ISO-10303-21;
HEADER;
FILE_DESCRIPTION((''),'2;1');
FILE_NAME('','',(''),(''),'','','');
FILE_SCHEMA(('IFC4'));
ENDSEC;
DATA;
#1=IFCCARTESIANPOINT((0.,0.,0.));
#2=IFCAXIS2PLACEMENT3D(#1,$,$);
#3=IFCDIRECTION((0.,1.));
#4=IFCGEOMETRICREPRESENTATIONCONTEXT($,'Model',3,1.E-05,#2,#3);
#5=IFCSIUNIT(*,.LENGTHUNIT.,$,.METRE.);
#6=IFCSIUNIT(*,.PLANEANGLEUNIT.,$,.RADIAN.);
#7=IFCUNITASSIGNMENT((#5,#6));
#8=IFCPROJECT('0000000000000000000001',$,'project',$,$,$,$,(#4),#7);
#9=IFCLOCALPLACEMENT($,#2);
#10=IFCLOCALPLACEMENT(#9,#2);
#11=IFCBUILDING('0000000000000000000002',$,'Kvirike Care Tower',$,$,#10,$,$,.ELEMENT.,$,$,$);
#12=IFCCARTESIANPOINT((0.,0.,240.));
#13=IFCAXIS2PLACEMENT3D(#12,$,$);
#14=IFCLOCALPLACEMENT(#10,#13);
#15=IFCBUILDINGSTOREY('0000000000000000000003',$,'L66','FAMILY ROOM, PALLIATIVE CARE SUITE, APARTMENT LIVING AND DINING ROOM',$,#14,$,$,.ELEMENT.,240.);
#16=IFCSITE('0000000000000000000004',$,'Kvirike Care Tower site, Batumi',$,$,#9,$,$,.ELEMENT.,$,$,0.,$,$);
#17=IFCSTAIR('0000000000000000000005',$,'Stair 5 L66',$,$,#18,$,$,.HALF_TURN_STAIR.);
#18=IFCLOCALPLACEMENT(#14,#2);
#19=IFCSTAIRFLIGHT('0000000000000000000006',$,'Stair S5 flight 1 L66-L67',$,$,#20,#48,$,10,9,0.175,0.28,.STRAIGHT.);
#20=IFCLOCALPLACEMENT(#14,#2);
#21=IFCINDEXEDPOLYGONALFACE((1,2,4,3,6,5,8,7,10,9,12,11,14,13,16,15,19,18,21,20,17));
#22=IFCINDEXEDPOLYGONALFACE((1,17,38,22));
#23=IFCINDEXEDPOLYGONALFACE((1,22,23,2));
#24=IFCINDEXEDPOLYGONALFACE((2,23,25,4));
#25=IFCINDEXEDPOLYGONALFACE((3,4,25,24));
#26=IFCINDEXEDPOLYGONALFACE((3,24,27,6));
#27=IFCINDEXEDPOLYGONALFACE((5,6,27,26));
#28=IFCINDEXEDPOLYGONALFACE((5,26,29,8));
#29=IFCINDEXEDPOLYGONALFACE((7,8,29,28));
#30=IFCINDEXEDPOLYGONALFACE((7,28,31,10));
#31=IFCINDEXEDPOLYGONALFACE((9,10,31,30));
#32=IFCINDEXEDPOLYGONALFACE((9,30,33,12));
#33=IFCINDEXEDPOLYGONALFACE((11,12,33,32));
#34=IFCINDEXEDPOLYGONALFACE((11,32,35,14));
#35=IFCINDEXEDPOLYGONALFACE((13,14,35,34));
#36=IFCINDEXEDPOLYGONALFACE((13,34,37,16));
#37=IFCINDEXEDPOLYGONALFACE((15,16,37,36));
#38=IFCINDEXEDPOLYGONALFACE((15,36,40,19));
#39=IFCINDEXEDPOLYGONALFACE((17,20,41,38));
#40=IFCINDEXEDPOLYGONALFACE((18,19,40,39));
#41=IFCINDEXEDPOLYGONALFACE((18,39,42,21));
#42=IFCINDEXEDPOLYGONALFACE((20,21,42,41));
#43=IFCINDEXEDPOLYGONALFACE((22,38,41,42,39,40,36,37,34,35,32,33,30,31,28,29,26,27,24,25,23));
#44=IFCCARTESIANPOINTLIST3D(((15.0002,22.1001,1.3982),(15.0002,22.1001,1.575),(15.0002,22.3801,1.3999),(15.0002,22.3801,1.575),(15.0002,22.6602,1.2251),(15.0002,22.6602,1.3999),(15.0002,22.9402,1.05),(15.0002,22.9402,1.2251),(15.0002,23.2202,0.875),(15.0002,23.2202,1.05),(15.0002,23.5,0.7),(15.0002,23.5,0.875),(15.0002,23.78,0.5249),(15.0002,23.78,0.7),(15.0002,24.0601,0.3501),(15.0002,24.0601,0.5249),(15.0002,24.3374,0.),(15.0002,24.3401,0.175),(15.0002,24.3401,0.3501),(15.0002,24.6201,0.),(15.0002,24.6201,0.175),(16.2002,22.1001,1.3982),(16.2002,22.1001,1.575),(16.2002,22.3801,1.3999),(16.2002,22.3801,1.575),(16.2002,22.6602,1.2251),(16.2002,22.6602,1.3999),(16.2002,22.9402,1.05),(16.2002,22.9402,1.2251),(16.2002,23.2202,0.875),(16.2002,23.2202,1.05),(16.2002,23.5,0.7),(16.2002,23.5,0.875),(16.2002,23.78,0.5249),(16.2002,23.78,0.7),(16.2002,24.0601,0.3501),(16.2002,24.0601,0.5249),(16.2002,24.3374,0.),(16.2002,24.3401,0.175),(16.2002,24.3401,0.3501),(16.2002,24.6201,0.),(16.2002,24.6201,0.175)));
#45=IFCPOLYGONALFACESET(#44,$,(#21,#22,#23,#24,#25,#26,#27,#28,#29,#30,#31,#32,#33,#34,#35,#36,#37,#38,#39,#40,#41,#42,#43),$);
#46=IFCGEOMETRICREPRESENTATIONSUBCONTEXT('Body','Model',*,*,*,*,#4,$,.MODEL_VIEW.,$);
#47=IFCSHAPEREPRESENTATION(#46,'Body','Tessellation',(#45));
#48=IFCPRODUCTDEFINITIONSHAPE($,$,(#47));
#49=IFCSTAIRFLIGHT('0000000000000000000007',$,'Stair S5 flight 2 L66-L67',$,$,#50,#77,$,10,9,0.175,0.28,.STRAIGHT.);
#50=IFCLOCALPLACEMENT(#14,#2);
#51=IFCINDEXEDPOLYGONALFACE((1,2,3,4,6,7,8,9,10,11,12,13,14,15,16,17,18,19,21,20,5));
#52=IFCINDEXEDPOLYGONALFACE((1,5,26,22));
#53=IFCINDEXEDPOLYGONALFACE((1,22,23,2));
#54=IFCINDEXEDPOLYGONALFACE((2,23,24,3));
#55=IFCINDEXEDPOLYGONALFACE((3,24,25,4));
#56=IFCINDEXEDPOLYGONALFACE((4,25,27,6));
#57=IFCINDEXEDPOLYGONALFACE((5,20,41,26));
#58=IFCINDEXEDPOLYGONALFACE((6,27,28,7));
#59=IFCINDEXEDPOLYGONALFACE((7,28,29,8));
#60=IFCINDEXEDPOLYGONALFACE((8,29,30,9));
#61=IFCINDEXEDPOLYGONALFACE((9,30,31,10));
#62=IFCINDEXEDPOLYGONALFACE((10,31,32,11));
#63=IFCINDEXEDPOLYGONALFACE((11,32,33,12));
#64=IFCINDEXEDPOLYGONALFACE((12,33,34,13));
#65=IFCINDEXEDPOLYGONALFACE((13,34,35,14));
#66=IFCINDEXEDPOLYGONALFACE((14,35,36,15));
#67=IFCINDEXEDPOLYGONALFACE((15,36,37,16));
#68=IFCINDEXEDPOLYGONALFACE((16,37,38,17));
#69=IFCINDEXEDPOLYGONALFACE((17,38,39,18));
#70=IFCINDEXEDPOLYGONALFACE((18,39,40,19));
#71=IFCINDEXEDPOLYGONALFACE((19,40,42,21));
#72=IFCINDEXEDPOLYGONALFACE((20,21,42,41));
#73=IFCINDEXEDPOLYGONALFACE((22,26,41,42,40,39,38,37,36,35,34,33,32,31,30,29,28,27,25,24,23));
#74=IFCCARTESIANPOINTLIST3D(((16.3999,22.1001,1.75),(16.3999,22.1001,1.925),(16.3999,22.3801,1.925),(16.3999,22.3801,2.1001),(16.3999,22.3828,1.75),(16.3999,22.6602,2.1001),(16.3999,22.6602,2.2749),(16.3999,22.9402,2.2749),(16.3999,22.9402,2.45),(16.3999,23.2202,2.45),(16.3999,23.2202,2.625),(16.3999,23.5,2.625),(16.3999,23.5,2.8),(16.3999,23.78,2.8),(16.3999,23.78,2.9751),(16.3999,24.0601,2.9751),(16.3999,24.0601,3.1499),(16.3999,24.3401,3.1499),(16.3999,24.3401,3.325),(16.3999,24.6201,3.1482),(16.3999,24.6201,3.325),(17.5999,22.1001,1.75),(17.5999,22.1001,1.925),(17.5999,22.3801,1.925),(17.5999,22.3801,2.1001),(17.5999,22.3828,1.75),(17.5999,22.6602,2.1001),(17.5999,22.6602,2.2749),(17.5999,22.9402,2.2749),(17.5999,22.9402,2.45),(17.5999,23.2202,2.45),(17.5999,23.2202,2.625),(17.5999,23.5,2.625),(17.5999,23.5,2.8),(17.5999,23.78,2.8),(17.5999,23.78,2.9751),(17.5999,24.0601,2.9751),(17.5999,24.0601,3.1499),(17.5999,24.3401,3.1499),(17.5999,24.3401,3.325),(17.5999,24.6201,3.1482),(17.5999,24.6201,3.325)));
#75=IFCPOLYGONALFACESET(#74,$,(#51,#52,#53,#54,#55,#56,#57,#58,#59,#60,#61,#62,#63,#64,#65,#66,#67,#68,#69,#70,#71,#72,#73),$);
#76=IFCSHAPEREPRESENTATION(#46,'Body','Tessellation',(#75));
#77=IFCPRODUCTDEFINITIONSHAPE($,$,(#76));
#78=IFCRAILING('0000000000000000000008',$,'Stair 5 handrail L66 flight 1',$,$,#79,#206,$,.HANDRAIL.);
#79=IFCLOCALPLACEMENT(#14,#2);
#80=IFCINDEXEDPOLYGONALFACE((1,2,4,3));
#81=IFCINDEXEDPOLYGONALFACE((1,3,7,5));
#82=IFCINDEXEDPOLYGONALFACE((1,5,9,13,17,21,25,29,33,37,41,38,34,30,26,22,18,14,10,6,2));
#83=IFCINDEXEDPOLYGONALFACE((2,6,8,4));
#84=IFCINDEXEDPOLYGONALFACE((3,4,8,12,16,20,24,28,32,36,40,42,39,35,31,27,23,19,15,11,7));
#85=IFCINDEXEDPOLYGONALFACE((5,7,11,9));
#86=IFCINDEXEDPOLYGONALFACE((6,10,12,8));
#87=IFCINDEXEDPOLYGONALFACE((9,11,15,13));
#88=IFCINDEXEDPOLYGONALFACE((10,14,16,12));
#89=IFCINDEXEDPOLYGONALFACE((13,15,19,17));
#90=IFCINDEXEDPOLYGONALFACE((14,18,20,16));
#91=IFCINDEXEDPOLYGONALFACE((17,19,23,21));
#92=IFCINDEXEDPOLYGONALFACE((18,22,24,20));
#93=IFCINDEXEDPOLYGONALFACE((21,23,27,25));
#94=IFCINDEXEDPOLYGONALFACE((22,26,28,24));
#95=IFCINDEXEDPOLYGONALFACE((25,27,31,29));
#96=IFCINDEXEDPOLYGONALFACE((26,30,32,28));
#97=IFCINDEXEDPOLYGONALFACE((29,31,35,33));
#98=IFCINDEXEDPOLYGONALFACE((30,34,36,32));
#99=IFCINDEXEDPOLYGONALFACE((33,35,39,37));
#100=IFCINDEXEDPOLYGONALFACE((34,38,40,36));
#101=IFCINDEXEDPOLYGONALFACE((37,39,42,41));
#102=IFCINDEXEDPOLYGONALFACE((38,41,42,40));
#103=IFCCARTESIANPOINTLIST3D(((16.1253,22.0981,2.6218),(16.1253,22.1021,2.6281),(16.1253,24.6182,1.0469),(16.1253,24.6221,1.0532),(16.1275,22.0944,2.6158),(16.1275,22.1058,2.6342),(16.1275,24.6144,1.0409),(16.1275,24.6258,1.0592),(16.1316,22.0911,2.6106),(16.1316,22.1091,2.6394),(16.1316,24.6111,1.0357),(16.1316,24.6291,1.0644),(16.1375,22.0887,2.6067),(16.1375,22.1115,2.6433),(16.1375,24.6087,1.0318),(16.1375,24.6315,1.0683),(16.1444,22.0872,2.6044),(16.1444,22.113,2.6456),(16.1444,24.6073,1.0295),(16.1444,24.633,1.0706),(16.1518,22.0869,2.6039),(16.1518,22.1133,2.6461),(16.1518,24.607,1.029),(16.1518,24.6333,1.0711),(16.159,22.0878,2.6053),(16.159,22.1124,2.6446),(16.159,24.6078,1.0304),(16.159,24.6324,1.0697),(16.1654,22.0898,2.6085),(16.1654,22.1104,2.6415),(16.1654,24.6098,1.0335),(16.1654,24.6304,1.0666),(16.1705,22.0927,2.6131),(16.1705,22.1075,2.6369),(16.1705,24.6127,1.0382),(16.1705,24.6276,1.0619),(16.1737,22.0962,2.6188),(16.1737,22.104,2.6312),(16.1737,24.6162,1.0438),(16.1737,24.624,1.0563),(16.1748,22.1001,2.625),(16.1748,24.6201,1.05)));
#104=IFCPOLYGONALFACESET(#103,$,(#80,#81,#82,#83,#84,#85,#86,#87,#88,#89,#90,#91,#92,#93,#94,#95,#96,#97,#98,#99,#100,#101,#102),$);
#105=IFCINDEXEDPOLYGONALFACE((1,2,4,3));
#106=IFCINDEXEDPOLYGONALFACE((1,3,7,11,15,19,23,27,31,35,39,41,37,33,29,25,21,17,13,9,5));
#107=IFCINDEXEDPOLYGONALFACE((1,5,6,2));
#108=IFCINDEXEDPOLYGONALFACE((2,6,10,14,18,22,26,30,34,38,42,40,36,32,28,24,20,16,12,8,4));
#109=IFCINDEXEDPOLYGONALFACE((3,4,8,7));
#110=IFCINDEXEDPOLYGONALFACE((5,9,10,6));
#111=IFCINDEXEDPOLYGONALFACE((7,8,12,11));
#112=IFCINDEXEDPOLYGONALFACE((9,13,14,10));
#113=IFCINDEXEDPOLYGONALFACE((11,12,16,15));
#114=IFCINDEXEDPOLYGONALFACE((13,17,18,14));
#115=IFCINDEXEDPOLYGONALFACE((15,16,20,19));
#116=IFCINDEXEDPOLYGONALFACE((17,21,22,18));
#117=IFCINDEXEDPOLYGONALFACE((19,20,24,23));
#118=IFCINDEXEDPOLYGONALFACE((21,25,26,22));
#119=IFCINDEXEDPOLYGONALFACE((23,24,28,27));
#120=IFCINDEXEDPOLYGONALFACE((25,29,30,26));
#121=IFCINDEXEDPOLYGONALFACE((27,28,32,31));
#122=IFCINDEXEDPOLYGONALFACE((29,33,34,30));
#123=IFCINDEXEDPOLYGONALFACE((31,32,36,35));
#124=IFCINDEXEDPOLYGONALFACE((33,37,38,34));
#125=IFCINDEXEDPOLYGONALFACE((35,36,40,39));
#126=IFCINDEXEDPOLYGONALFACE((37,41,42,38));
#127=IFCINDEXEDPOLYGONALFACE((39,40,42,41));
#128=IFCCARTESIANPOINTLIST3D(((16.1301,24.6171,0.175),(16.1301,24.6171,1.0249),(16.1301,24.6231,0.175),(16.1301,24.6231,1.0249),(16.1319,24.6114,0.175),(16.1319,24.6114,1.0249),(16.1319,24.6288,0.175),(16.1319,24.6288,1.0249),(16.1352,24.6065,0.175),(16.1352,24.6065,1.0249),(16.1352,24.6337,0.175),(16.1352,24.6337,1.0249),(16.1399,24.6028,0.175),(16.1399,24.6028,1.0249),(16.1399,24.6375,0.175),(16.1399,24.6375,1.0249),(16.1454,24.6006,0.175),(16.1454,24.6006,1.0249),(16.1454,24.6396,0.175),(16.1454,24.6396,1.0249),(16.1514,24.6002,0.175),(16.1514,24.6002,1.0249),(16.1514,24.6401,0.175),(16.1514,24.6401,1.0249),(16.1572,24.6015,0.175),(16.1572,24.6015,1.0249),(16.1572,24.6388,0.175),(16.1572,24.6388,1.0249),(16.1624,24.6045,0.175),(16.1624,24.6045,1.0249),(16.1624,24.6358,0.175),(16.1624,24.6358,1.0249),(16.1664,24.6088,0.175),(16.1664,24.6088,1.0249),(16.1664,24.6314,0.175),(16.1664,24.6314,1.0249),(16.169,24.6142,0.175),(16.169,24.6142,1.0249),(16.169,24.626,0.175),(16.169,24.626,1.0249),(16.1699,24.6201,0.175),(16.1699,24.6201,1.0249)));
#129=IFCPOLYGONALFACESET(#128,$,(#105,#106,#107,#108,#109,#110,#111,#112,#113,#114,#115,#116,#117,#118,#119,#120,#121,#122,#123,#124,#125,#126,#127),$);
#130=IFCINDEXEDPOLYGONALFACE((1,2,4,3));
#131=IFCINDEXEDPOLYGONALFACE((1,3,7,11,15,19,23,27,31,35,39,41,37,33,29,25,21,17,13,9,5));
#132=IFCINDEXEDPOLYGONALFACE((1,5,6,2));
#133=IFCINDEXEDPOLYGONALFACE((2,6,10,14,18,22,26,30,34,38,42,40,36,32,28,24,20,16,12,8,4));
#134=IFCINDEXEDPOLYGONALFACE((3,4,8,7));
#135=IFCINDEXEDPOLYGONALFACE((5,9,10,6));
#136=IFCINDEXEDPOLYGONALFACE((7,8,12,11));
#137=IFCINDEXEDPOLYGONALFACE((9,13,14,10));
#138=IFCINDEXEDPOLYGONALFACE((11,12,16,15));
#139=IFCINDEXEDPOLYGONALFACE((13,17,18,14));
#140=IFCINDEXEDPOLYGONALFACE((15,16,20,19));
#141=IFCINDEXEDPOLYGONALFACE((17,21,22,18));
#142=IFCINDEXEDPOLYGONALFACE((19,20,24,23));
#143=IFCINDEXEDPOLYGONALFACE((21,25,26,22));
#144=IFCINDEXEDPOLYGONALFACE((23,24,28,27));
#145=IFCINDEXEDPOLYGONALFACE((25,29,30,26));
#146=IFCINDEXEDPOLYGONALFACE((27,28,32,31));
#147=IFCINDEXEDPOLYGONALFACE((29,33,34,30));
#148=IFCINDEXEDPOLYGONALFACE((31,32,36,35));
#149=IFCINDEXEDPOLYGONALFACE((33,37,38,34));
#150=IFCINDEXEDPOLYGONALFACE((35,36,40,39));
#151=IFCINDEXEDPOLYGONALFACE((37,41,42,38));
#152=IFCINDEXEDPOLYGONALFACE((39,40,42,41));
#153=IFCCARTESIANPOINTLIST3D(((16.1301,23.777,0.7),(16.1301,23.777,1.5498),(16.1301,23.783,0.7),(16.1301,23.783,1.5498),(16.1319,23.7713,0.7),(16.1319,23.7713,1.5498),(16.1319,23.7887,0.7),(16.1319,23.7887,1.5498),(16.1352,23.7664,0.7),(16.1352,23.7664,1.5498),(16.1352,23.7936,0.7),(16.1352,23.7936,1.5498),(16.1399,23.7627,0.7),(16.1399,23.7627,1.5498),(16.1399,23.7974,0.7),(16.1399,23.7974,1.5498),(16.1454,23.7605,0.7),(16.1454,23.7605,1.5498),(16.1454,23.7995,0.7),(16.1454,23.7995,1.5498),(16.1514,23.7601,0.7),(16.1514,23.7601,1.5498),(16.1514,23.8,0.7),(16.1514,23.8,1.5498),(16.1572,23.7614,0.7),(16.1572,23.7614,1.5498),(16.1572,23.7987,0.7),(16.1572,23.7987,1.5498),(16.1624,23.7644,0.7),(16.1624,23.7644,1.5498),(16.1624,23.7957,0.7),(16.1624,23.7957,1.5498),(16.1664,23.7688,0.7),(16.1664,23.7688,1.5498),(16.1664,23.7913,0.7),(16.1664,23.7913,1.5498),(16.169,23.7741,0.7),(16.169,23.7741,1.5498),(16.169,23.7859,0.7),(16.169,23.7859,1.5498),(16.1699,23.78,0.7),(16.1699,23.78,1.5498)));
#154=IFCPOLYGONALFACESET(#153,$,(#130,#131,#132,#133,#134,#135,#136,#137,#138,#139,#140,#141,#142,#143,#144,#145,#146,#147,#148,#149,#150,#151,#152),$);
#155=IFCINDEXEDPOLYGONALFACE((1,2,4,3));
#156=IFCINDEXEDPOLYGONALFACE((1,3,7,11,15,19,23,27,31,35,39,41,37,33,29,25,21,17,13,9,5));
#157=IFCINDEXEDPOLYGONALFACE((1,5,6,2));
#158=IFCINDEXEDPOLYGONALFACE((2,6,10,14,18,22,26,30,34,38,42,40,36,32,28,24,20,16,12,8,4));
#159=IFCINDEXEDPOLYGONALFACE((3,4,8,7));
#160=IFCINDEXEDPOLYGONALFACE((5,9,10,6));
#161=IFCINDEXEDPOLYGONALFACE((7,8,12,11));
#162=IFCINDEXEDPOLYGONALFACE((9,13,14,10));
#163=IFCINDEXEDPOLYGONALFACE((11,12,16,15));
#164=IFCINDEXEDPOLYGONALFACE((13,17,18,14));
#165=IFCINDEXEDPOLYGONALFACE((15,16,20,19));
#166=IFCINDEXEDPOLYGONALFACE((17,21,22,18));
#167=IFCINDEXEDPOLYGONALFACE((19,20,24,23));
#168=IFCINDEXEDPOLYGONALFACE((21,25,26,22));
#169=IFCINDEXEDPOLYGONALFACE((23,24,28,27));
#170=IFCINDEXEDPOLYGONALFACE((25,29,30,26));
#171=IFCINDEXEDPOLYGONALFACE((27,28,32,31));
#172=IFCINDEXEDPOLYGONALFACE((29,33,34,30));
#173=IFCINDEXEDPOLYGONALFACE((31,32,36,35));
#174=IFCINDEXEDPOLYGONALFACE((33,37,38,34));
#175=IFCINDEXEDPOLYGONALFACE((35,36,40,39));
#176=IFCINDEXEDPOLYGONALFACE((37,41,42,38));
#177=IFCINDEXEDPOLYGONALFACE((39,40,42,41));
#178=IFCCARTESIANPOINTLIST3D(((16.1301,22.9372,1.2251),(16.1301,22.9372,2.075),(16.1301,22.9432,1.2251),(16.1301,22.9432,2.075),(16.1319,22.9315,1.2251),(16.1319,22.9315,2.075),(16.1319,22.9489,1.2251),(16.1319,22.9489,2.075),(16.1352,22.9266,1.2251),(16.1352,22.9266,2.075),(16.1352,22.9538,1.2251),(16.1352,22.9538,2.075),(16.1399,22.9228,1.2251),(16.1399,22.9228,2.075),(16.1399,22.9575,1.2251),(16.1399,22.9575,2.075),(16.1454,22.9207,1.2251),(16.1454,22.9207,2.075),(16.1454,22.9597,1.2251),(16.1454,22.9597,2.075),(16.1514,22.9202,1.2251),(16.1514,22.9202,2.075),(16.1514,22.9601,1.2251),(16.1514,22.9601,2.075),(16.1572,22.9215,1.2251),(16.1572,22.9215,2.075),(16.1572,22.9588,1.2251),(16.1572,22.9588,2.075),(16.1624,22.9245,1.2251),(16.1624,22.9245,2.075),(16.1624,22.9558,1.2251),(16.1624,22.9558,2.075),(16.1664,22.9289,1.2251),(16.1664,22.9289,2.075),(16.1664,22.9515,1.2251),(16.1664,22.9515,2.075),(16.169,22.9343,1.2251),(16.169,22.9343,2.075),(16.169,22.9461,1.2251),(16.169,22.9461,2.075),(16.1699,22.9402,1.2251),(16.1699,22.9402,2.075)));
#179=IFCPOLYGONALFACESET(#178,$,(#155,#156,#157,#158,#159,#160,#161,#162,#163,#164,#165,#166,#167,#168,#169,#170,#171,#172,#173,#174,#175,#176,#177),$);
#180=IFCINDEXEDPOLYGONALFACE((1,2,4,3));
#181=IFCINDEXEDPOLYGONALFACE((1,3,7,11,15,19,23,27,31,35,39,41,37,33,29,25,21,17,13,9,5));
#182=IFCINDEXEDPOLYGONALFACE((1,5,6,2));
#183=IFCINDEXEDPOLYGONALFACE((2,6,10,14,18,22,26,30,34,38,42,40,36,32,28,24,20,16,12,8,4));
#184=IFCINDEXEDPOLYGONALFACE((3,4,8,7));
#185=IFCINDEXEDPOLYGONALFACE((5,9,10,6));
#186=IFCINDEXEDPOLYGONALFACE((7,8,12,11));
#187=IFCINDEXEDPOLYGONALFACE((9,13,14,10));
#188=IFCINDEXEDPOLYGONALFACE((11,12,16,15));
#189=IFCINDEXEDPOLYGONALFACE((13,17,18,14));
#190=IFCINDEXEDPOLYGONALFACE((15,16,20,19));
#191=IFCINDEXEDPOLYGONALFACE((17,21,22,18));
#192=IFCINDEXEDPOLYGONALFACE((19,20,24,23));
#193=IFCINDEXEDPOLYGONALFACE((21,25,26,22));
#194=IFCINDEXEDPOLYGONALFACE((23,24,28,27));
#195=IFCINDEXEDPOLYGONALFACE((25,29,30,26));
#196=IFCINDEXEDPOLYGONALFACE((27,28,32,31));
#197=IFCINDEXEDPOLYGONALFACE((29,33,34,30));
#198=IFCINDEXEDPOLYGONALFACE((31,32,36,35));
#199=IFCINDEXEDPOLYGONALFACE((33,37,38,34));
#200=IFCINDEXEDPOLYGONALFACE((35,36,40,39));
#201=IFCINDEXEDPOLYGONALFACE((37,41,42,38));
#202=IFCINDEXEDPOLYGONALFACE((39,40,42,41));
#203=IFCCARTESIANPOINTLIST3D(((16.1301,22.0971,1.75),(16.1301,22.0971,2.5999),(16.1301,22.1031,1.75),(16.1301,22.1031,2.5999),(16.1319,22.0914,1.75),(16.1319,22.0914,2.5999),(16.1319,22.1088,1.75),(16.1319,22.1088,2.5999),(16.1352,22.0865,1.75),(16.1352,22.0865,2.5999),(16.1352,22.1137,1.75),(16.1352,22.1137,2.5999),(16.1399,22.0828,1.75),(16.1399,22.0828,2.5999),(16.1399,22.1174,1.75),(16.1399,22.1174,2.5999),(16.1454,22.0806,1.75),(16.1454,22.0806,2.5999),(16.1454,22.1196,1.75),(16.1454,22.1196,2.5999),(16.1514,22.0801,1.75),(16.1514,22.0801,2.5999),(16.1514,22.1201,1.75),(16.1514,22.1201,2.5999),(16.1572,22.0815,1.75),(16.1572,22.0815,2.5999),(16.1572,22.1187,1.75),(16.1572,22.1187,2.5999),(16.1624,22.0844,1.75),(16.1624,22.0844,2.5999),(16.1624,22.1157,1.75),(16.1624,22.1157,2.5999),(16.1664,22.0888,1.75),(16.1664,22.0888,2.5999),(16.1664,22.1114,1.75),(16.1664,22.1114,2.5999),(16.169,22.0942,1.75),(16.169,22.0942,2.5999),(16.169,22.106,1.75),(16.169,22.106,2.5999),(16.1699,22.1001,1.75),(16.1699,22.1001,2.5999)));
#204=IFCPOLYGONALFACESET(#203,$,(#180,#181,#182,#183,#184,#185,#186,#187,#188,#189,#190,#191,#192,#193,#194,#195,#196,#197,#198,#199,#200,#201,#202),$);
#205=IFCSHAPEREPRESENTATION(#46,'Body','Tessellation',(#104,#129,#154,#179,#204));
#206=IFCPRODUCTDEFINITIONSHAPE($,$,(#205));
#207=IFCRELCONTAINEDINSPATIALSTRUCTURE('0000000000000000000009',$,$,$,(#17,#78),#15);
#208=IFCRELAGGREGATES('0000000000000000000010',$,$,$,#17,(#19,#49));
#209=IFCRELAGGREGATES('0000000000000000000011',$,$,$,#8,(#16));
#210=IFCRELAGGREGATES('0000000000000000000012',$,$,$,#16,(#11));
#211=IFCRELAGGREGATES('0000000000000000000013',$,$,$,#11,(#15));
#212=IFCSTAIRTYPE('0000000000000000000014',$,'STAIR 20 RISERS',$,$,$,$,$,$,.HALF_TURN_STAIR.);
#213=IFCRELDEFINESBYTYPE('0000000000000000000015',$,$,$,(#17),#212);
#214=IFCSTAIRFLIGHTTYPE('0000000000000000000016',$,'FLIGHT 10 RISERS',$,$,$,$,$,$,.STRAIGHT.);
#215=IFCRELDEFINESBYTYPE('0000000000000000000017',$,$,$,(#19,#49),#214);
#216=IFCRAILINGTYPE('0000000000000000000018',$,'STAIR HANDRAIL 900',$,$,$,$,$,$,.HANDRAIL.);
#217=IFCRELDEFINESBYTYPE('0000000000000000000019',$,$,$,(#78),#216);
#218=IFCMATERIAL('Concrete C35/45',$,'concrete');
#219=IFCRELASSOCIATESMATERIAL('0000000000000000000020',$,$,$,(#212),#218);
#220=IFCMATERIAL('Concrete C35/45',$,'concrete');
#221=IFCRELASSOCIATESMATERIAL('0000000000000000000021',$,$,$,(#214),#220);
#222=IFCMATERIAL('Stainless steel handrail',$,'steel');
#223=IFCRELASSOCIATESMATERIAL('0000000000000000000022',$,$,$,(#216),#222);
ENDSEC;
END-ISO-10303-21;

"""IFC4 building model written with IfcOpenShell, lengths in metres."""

from ifc_helpers import new_model, si_unit, direction, frame, origin, origin_2d, place, context, subcontext, project, spatial, polyline, circle, outline, extrude, material, type_object, element, aggregate, save


model = new_model("IFC4")

# Units and contexts
model_context = context("Model", 3, precision=1e-05, world=origin(), true_north=direction((0.0, 1.0)))
body_context = subcontext(model_context, "Body", "Model", "MODEL_VIEW")
ifc_project = project(units=[si_unit("LENGTHUNIT", "METRE"), si_unit("PLANEANGLEUNIT", "RADIAN")], contexts=[model_context])

# Site, building, storey
site_placement = place(None, origin())
site = spatial("IfcSite", under=ifc_project, at=site_placement, Name="Kvirike Care Tower site, Batumi", CompositionType="ELEMENT", RefElevation=0.0)
building_placement = place(site_placement, origin())
building = spatial("IfcBuilding", under=site, at=building_placement, Name="Kvirike Care Tower", CompositionType="ELEMENT")
storey_placement = place(building_placement, frame((0.0, 0.0, 240.0)))
storey = spatial("IfcBuildingStorey", under=building, at=storey_placement, Name="L66", Description="FAMILY ROOM, PALLIATIVE CARE SUITE, APARTMENT LIVING AND DINING ROOM", CompositionType="ELEMENT", Elevation=240.0)

# Stair, stair flights
ifc_material_1 = material(Name="Concrete C35/45", Category="concrete")
stair_type = type_object("IfcStairType", Name="STAIR 20 RISERS", PredefinedType="HALF_TURN_STAIR", material=ifc_material_1)
stair_placement = place(storey_placement, origin())
stair = element("IfcStair", 1, at=stair_placement, inside=storey, type_object=stair_type, Name="Stair 5 L66", PredefinedType="HALF_TURN_STAIR")
ifc_material_2 = material(Name="Concrete C35/45", Category="concrete")
stair_flight_type = type_object("IfcStairFlightType", Name="FLIGHT 10 RISERS", PredefinedType="STRAIGHT", material=ifc_material_2)
stair_flight_1_placement = place(storey_placement, frame((15.6001, 24.6201, 0.0), z_axis=(0.0, 0.0, 1.0), x_axis=(0.0, -1.0, 0.0)))
stair_flight_1 = element("IfcStairFlight", 2, at=stair_flight_1_placement, type_object=stair_flight_type, Name="Stair S5 flight 1 L66-L67", NumberOfRisers=10, NumberOfTreads=9, PredefinedType="STRAIGHT", RiserHeight=0.175, TreadLength=0.28, context=body_context, shape_type="SweptSolid", body=[
    extrude(outline(polyline([(0.0, 0.0), (0.0, 0.175), (0.28, 0.175), (0.28, 0.3501), (0.5601, 0.3501), (0.5601, 0.5249), (0.8401, 0.5249), (0.8401, 0.7), (1.1201, 0.7), (1.1201, 0.875), (1.3999, 0.875), (1.3999, 1.05), (1.6799, 1.05), (1.6799, 1.2251), (1.96, 1.2251), (1.96, 1.3999), (2.24, 1.3999), (2.24, 1.575), (2.52, 1.575), (2.52, 1.75), (2.52, 1.3982), (0.2827, 0.0), (0.0, 0.0)])), frame((0.0, 0.6001, 0.0), z_axis=(0.0, -1.0, 0.0), x_axis=(1.0, 0.0, 0.0)), (0.0, 0.0, 1.0), 1.2),
])
stair_flight_2_placement = place(storey_placement, frame((17.0, 22.1001, 1.75), z_axis=(0.0, 0.0, 1.0), x_axis=(0.0, 1.0, 0.0)))
stair_flight_2 = element("IfcStairFlight", 3, at=stair_flight_2_placement, type_object=stair_flight_type, Name="Stair S5 flight 2 L66-L67", NumberOfRisers=10, NumberOfTreads=9, PredefinedType="STRAIGHT", RiserHeight=0.175, TreadLength=0.28, context=body_context, shape_type="SweptSolid", body=[
    extrude(outline(polyline([(0.0, 0.0), (0.0, 0.175), (0.28, 0.175), (0.28, 0.3501), (0.5601, 0.3501), (0.5601, 0.5249), (0.8401, 0.5249), (0.8401, 0.7), (1.1201, 0.7), (1.1201, 0.875), (1.3999, 0.875), (1.3999, 1.05), (1.6799, 1.05), (1.6799, 1.2251), (1.96, 1.2251), (1.96, 1.3999), (2.24, 1.3999), (2.24, 1.575), (2.52, 1.575), (2.52, 1.75), (2.52, 1.3982), (0.2827, 0.0), (0.0, 0.0)])), frame((0.0, 0.6001, 0.0), z_axis=(0.0, -1.0, 0.0), x_axis=(1.0, 0.0, 0.0)), (0.0, 0.0, 1.0), 1.2),
])
aggregate(stair, [stair_flight_1, stair_flight_2])

# Railing
ifc_material_3 = material(Name="Stainless steel handrail", Category="steel")
railing_type = type_object("IfcRailingType", Name="STAIR HANDRAIL 900", PredefinedType="HANDRAIL", material=ifc_material_3)
railing_1_placement = place(storey_placement, frame((16.1499, 24.6201, 0.175)))
element("IfcRailing", 4, at=railing_1_placement, inside=storey, type_object=railing_type, Name="Stair 5 handrail L66 flight 1", PredefinedType="HANDRAIL", context=body_context, shape_type="SweptSolid", body=[
    extrude(circle(Radius=0.0249, at=origin_2d()), frame((0.0, 0.0, 0.875), z_axis=(0.0, -0.848008, 0.529984), x_axis=(1.0, 0.0, 0.0)), (0.0, 0.0, 1.0), 2.9717),
    extrude(circle(Radius=0.02, at=origin_2d()), origin(), (0.0, 0.0, 1.0), 0.8499),
    extrude(circle(Radius=0.02, at=origin_2d()), frame((0.0, -0.8401, 0.5249)), (0.0, 0.0, 1.0), 0.8499),
    extrude(circle(Radius=0.02, at=origin_2d()), frame((0.0, -1.6799, 1.05)), (0.0, 0.0, 1.0), 0.8499),
    extrude(circle(Radius=0.02, at=origin_2d()), frame((0.0, -2.52, 1.575)), (0.0, 0.0, 1.0), 0.8499),
])

save(model, "model.ifc")
